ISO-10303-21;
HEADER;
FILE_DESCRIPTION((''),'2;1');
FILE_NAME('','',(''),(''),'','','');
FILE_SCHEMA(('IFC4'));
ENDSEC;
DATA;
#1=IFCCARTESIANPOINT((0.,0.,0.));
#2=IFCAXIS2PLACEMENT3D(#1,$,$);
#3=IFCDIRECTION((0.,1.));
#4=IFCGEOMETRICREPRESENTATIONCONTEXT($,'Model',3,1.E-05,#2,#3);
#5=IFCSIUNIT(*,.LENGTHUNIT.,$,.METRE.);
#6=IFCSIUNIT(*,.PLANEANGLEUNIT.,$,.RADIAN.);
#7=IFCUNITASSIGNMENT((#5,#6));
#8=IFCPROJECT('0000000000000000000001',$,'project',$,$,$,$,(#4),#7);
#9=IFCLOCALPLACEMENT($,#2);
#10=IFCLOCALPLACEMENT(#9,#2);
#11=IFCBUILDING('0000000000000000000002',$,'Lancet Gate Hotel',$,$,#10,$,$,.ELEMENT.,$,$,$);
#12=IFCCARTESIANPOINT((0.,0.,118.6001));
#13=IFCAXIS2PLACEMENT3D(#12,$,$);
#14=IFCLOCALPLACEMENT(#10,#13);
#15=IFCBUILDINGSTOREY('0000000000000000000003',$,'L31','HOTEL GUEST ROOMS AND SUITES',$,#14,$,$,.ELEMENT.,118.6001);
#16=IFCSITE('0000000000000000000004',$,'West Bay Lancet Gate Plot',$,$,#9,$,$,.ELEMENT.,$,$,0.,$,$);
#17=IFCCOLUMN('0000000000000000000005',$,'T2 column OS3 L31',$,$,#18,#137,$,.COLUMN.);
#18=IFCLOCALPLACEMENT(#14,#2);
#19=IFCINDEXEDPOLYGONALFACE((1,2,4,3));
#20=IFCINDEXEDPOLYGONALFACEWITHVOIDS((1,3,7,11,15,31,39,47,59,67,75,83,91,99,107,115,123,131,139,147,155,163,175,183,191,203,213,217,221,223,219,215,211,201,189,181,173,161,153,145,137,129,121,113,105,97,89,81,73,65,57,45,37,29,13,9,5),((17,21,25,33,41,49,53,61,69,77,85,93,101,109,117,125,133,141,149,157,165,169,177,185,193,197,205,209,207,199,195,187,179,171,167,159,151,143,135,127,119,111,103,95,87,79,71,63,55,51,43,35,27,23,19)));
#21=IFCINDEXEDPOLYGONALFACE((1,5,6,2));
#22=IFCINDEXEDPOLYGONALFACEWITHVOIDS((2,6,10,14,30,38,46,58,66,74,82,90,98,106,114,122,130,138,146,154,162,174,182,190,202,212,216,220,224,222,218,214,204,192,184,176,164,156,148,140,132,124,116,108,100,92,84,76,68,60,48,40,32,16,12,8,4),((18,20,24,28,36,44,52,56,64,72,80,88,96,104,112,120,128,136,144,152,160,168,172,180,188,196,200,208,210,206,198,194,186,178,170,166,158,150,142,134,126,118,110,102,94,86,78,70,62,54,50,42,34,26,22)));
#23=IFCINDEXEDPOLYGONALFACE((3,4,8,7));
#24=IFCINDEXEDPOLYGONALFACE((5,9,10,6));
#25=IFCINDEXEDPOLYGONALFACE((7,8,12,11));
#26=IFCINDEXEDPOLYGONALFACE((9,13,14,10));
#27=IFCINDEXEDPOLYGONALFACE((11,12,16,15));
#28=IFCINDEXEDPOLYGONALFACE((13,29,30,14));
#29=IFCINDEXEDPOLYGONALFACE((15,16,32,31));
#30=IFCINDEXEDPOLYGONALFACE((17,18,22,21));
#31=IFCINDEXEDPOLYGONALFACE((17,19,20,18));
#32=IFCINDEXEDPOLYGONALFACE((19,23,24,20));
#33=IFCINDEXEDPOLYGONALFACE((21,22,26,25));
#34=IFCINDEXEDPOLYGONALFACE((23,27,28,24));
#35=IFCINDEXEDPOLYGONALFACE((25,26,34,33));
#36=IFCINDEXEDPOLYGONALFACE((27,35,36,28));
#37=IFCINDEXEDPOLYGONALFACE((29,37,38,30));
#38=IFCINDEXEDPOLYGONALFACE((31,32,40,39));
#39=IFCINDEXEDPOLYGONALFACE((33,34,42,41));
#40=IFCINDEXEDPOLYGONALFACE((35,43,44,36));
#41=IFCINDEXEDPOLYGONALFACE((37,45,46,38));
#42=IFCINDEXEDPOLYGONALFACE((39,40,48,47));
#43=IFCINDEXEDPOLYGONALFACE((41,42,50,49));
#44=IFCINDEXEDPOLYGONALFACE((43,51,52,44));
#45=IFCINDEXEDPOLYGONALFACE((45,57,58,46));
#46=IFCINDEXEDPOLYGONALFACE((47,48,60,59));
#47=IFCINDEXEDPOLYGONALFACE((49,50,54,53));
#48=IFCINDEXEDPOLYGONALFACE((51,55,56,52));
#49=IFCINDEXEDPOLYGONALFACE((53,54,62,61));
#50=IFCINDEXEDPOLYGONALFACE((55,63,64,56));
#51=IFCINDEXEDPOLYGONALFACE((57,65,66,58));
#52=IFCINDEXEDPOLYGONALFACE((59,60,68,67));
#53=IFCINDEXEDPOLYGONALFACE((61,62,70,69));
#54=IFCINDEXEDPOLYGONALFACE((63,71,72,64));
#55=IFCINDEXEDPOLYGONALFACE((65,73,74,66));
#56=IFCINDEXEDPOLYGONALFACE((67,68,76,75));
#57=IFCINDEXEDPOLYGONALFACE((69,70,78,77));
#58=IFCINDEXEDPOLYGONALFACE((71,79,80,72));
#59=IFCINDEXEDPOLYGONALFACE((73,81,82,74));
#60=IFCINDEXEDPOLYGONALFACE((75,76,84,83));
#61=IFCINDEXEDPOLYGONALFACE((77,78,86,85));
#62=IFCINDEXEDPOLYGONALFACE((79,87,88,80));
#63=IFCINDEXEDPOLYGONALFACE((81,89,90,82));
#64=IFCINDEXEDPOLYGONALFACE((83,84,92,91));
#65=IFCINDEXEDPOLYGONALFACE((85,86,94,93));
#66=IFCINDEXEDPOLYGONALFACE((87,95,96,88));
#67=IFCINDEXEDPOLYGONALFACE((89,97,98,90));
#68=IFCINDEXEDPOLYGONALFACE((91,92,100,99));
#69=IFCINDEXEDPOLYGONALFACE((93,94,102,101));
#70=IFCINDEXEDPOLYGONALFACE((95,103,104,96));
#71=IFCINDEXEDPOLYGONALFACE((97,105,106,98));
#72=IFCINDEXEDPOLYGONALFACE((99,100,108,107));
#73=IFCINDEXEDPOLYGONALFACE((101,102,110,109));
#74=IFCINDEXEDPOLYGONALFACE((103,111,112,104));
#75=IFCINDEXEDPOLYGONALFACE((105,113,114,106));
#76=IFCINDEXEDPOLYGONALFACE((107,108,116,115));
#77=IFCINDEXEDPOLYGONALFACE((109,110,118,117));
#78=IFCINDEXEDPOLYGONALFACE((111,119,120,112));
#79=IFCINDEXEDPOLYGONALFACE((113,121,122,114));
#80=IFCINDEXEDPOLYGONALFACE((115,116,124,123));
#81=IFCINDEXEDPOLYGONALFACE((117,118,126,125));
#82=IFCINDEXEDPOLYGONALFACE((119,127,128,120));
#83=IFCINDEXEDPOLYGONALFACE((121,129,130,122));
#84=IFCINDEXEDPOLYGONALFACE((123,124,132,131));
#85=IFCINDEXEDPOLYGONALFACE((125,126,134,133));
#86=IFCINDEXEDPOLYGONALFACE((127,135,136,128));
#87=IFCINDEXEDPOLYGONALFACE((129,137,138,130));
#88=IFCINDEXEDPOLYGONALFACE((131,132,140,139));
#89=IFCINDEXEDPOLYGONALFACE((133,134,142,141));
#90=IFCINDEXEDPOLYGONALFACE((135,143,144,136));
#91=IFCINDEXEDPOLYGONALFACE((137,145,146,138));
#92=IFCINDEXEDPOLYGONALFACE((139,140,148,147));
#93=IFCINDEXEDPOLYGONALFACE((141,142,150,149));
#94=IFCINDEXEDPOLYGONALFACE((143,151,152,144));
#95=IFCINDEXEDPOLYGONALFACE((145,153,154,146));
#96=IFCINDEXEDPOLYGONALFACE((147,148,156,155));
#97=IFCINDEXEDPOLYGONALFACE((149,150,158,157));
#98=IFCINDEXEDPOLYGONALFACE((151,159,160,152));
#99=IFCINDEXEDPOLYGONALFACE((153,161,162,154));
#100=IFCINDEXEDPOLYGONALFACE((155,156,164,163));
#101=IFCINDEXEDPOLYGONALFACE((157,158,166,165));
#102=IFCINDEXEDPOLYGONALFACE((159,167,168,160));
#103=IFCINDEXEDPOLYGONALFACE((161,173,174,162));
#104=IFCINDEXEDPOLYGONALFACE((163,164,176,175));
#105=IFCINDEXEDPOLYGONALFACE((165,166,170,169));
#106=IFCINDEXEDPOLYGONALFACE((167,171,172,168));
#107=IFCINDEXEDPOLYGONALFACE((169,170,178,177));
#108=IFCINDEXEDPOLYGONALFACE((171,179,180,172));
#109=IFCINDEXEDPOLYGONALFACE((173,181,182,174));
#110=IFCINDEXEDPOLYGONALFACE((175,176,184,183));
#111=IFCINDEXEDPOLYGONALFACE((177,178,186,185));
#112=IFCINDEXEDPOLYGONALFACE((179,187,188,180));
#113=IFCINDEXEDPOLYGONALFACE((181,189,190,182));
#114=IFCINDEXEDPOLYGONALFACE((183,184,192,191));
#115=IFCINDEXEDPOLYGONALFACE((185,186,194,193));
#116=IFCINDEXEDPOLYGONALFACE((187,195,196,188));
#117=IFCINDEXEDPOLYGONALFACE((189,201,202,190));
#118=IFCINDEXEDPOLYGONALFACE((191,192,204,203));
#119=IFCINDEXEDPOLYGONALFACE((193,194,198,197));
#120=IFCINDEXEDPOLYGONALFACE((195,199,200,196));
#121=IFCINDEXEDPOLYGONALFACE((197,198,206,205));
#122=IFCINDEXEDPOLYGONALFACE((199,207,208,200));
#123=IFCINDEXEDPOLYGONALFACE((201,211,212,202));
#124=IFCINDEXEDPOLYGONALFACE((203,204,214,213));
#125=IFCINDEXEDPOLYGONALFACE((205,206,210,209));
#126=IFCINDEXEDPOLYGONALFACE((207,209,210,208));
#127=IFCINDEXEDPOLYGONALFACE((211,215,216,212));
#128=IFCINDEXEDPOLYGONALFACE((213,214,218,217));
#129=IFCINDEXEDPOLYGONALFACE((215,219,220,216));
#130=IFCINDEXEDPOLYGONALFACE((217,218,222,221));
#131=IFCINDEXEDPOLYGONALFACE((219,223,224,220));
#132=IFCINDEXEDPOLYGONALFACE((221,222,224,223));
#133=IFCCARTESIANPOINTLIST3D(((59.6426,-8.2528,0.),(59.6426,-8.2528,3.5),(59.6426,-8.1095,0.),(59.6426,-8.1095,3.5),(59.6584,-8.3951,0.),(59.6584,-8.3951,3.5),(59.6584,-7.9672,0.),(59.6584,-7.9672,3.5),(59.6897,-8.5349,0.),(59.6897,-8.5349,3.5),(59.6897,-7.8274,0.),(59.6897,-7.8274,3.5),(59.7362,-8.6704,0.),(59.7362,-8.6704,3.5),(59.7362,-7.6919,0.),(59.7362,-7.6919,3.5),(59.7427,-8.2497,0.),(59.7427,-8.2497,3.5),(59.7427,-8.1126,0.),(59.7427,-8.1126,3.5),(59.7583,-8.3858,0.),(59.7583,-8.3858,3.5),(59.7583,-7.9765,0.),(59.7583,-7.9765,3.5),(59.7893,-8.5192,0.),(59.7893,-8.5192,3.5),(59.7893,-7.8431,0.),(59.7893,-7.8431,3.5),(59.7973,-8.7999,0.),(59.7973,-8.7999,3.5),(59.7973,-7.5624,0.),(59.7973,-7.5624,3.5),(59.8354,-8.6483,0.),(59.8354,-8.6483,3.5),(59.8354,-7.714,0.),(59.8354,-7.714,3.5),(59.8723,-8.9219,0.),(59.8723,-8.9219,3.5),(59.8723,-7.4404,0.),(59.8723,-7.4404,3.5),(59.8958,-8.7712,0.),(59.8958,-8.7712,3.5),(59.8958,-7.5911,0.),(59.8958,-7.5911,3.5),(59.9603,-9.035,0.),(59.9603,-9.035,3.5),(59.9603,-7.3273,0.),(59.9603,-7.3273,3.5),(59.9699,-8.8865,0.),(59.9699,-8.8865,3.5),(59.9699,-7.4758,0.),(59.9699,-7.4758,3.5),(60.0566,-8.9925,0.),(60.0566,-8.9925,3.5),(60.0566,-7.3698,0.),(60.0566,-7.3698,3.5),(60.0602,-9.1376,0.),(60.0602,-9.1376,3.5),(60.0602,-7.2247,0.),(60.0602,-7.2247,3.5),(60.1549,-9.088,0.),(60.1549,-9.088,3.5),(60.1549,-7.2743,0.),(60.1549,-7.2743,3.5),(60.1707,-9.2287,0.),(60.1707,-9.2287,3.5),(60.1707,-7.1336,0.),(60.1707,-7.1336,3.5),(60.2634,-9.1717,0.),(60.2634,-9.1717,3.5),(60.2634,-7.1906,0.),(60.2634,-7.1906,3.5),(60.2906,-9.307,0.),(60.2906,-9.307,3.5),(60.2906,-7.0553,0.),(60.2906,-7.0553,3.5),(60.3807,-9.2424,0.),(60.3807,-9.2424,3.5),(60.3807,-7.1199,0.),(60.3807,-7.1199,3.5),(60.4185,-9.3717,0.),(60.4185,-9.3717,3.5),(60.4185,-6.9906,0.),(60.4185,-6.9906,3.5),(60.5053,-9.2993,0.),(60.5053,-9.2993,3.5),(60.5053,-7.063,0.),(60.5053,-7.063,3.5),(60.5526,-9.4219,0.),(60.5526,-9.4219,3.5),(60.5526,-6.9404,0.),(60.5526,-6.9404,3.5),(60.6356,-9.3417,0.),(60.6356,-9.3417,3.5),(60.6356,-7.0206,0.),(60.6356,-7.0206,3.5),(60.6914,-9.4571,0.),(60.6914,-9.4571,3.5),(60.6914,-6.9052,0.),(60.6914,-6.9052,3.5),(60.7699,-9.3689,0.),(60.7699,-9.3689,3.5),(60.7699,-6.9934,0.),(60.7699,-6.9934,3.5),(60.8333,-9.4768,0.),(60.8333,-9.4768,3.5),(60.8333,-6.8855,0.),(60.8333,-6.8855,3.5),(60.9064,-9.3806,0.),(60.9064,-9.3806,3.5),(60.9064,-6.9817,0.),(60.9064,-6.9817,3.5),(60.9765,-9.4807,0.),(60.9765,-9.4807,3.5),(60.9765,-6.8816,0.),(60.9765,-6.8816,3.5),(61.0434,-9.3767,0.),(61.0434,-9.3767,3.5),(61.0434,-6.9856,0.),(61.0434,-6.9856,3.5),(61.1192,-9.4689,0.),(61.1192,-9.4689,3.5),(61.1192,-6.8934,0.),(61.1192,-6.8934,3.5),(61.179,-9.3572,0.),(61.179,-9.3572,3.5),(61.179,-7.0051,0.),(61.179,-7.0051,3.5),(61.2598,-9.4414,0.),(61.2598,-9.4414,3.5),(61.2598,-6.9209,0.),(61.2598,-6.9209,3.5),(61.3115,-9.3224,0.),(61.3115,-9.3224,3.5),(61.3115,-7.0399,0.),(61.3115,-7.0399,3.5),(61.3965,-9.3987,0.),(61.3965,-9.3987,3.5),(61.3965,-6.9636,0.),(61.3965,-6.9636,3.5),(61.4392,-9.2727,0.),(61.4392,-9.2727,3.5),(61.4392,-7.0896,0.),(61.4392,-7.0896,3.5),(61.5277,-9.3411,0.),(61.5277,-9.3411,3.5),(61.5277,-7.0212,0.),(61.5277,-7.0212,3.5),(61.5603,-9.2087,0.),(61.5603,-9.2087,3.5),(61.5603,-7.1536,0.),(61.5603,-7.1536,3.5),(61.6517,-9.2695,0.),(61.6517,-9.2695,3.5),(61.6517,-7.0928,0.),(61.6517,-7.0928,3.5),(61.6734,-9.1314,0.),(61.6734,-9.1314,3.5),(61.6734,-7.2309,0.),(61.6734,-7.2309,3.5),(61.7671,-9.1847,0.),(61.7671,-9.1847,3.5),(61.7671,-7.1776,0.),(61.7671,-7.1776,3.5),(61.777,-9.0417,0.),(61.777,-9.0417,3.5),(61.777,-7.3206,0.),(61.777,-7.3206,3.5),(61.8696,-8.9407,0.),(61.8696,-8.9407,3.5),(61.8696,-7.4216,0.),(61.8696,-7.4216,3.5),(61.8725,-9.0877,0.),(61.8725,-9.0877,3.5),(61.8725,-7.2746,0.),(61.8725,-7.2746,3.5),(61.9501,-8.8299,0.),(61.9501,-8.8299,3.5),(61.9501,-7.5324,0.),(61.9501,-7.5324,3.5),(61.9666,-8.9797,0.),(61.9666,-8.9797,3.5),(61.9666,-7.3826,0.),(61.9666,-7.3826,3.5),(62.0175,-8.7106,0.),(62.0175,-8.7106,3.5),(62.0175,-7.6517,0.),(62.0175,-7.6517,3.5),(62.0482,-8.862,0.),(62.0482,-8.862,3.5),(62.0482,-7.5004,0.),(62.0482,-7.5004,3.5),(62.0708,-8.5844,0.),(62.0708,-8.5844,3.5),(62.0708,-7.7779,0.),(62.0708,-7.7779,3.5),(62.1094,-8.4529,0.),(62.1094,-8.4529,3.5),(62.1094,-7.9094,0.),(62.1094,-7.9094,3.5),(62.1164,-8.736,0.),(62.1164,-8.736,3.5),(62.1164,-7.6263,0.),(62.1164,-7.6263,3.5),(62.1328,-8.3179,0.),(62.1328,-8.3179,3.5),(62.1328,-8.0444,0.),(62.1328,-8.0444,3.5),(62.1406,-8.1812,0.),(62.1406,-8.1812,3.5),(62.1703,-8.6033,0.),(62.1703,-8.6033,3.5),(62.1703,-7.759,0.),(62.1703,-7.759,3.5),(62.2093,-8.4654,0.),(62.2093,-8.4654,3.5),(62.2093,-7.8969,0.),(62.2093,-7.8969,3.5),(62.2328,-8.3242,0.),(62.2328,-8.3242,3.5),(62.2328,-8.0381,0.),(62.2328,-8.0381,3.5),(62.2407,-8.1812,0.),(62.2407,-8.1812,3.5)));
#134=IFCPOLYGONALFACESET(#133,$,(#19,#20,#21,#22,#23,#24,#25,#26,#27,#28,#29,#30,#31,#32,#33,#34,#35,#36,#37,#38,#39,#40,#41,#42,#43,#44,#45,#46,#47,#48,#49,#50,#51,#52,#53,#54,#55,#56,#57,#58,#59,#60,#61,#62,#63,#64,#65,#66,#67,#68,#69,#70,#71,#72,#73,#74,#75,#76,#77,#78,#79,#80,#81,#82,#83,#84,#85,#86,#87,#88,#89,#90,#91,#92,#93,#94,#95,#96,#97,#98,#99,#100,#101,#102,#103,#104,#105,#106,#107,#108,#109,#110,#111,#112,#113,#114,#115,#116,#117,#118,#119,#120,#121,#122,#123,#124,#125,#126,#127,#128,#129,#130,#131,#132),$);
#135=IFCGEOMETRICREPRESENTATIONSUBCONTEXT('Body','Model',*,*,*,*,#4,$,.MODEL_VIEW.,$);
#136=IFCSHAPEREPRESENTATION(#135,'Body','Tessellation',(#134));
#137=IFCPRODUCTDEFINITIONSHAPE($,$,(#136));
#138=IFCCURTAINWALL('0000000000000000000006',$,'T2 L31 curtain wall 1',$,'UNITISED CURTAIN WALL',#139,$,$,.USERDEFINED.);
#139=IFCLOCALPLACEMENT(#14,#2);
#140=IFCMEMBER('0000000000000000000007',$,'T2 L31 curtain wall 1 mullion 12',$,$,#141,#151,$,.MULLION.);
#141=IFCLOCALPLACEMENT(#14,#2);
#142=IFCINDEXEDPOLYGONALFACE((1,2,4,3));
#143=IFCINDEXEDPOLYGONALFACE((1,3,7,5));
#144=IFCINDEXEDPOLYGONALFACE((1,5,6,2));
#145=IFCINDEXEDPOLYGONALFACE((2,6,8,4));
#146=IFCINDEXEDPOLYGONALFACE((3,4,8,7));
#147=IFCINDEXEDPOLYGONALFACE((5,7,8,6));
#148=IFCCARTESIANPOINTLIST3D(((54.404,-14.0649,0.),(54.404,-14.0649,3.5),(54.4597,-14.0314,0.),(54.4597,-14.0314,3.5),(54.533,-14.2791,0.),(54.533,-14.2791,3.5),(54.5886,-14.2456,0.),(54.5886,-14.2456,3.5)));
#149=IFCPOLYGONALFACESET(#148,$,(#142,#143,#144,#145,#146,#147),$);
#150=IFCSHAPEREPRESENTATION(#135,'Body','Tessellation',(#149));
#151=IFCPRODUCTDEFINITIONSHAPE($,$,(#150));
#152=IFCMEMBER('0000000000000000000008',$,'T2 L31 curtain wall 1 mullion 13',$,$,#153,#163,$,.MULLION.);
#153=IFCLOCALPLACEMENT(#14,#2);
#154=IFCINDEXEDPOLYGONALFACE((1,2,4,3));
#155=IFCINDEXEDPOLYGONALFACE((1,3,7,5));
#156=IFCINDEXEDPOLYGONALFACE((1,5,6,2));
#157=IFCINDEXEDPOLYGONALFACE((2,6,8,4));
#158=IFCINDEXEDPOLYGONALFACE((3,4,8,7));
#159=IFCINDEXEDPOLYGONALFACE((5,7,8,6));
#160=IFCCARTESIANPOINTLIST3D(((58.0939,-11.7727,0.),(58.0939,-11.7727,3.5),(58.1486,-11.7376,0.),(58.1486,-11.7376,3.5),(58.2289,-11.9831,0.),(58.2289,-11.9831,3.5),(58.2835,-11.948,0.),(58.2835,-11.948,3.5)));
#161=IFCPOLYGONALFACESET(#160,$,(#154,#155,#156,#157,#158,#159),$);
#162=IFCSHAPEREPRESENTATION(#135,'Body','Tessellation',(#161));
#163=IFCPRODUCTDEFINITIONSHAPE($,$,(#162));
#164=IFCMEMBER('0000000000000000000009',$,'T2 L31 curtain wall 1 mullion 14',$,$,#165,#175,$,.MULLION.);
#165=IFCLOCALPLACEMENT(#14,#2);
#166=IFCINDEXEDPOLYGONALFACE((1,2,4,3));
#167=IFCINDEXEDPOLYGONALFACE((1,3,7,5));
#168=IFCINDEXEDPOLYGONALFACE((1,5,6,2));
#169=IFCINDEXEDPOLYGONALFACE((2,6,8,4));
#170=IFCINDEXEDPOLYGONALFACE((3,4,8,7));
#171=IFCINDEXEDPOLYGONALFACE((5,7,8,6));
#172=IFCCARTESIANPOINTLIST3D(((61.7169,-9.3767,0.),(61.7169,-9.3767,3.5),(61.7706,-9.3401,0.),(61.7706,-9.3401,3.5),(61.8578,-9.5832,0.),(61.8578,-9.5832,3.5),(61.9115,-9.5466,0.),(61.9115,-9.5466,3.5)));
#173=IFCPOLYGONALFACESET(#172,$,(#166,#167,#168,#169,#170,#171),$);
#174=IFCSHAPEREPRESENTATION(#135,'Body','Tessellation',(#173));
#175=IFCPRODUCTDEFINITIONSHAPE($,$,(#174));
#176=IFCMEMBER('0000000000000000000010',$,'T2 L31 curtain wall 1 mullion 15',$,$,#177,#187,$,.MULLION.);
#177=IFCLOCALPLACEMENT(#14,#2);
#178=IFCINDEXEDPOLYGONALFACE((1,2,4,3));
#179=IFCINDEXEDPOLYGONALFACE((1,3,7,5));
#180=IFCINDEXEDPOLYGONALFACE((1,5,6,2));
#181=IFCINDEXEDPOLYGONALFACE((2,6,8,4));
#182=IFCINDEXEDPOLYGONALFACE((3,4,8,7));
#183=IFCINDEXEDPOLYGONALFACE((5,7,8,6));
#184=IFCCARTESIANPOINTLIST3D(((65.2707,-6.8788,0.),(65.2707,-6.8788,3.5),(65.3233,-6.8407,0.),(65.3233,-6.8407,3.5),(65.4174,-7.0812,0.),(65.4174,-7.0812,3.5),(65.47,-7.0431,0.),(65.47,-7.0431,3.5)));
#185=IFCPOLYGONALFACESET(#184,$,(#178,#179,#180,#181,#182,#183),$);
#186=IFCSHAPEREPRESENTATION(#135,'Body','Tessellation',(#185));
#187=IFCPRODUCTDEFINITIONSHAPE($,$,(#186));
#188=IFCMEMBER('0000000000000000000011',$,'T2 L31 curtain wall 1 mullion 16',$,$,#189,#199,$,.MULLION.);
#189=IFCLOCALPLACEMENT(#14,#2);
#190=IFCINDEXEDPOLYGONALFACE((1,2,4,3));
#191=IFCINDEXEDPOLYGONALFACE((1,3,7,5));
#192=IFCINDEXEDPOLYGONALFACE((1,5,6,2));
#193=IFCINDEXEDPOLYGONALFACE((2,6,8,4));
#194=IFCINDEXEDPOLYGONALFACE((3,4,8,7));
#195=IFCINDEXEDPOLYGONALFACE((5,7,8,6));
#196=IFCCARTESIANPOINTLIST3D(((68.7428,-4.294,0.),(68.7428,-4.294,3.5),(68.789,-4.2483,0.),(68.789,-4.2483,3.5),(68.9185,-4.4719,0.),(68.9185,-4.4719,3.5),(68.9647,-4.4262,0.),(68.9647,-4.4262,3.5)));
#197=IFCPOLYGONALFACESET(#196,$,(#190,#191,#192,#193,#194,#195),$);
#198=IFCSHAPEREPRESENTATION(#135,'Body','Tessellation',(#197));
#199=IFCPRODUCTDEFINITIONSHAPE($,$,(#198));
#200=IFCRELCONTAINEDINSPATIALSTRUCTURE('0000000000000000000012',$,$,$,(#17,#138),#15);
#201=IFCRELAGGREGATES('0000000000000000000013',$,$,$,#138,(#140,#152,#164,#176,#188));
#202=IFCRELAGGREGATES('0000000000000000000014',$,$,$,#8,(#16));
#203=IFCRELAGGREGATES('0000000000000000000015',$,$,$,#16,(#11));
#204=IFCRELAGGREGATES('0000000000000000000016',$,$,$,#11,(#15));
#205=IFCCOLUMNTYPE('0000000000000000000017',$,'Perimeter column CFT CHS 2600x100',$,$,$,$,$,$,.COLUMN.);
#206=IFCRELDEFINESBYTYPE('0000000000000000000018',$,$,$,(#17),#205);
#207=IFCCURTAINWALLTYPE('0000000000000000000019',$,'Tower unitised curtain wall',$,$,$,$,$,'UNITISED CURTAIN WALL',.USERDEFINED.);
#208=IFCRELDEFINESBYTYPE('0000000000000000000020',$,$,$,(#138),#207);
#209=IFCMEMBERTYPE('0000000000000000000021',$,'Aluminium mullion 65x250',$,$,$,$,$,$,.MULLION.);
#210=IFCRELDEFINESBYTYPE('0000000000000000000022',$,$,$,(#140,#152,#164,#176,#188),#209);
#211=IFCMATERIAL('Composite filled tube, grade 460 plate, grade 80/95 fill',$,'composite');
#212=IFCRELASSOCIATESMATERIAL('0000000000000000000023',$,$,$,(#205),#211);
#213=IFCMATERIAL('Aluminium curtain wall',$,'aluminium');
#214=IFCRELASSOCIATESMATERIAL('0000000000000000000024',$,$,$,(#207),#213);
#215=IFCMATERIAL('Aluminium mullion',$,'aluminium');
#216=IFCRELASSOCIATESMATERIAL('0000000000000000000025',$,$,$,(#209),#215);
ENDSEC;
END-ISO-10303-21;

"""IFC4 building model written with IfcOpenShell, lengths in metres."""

from ifc_helpers import new_model, si_unit, direction, frame, origin, origin_2d, place, context, subcontext, project, spatial, rectangle, hollow_circle, extrude, material, material_profile, profile_set, type_object, element, aggregate, save


model = new_model("IFC4")

# Units and contexts
model_context = context("Model", 3, precision=1e-05, world=origin(), true_north=direction((0.0, 1.0)))
body_context = subcontext(model_context, "Body", "Model", "MODEL_VIEW")
ifc_project = project(units=[si_unit("LENGTHUNIT", "METRE"), si_unit("PLANEANGLEUNIT", "RADIAN")], contexts=[model_context])

# Site, building, storey
site_placement = place(None, origin())
site = spatial("IfcSite", under=ifc_project, at=site_placement, Name="West Bay Lancet Gate Plot", CompositionType="ELEMENT", RefElevation=0.0)
building_placement = place(site_placement, origin())
building = spatial("IfcBuilding", under=site, at=building_placement, Name="Lancet Gate Hotel", CompositionType="ELEMENT")
storey_placement = place(building_placement, frame((0.0, 0.0, 118.6001)))
storey = spatial("IfcBuildingStorey", under=building, at=storey_placement, Name="L31", Description="HOTEL GUEST ROOMS AND SUITES", CompositionType="ELEMENT", Elevation=118.6001)

# Column
ifc_material_1 = material(Name="Composite filled tube, grade 460 plate, grade 80/95 fill", Category="composite")
ifc_material_profile_1 = material_profile(ifc_material_1, hollow_circle(Radius=1.3, WallThickness=0.1001, at=origin_2d()), Name="CHS 2600x100")
ifc_profile_set_1 = profile_set([ifc_material_profile_1], Name="Composite filled tube, grade 460 plate, grade 80/95 fill")
column_type_1 = type_object("IfcColumnType", Name="Perimeter column CFT CHS 2600x100", PredefinedType="COLUMN", material=ifc_profile_set_1)
column_1_placement = place(storey_placement, frame((60.9407, -8.1812, 0.0), z_axis=(0.0, 0.0, 1.0), x_axis=(1.0, 0.0, 0.0)))
element("IfcColumn", 1, at=column_1_placement, inside=storey, type_object=column_type_1, Name="T2 column OS3 L31", PredefinedType="COLUMN", context=body_context, shape_type="SweptSolid", body=[
    extrude(hollow_circle(Radius=1.3, WallThickness=0.1001, at=origin_2d()), origin(), (0.0, 0.0, 1.0), 3.5),
])

# Curtain wall, members
ifc_material_2 = material(Name="Aluminium curtain wall", Category="aluminium")
curtain_wall_type = type_object("IfcCurtainWallType", Name="Tower unitised curtain wall", ElementType="UNITISED CURTAIN WALL", PredefinedType="USERDEFINED", material=ifc_material_2)
curtain_wall_placement = place(storey_placement, origin())
curtain_wall = element("IfcCurtainWall", 2, at=curtain_wall_placement, inside=storey, type_object=curtain_wall_type, Name="T2 L31 curtain wall 1", ObjectType="UNITISED CURTAIN WALL", PredefinedType="USERDEFINED")
ifc_material_3 = material(Name="Aluminium mullion", Category="aluminium")
ifc_material_profile_2 = material_profile(ifc_material_3, rectangle(XDim=0.0649, YDim=0.25, at=origin_2d()), Name="MULLION 65x250")
ifc_profile_set_2 = profile_set([ifc_material_profile_2], Name="Aluminium mullion")
member_type_1 = type_object("IfcMemberType", Name="Aluminium mullion 65x250", PredefinedType="MULLION", material=ifc_profile_set_2)
member_1_placement = place(storey_placement, frame((54.4963, -14.1553, 0.0), z_axis=(0.0, 0.0, 1.0), x_axis=(0.856728, 0.515768, 0.0)))
member_1 = element("IfcMember", 3, at=member_1_placement, type_object=member_type_1, Name="T2 L31 curtain wall 1 mullion 12", PredefinedType="MULLION", context=body_context, shape_type="SweptSolid", body=[
    extrude(rectangle(XDim=0.0649, YDim=0.25, at=origin_2d()), origin(), (0.0, 0.0, 1.0), 3.5),
])
member_2_placement = place(storey_placement, frame((58.1887, -11.8604, 0.0), z_axis=(0.0, 0.0, 1.0), x_axis=(0.841736, 0.539889, 0.0)))
member_2 = element("IfcMember", 4, at=member_2_placement, type_object=member_type_1, Name="T2 L31 curtain wall 1 mullion 13", PredefinedType="MULLION", context=body_context, shape_type="SweptSolid", body=[
    extrude(rectangle(XDim=0.0649, YDim=0.25, at=origin_2d()), origin(), (0.0, 0.0, 1.0), 3.5),
])
member_3_placement = place(storey_placement, frame((61.8142, -9.4617, 0.0), z_axis=(0.0, 0.0, 1.0), x_axis=(0.826066, 0.563574, 0.0)))
member_3 = element("IfcMember", 5, at=member_3_placement, type_object=member_type_1, Name="T2 L31 curtain wall 1 mullion 14", PredefinedType="MULLION", context=body_context, shape_type="SweptSolid", body=[
    extrude(rectangle(XDim=0.0649, YDim=0.25, at=origin_2d()), origin(), (0.0, 0.0, 1.0), 3.5),
])
member_4_placement = place(storey_placement, frame((65.3704, -6.9609, 0.0), z_axis=(0.0, 0.0, 1.0), x_axis=(0.809729, 0.586805, 0.0)))
member_4 = element("IfcMember", 6, at=member_4_placement, type_object=member_type_1, Name="T2 L31 curtain wall 1 mullion 15", PredefinedType="MULLION", context=body_context, shape_type="SweptSolid", body=[
    extrude(rectangle(XDim=0.0649, YDim=0.25, at=origin_2d()), origin(), (0.0, 0.0, 1.0), 3.5),
])
member_5_placement = place(storey_placement, frame((68.8538, -4.3601, 0.0), z_axis=(0.0, 0.0, 1.0), x_axis=(0.71161, 0.702574, 0.0)))
member_5 = element("IfcMember", 7, at=member_5_placement, type_object=member_type_1, Name="T2 L31 curtain wall 1 mullion 16", PredefinedType="MULLION", context=body_context, shape_type="SweptSolid", body=[
    extrude(rectangle(XDim=0.0649, YDim=0.25, at=origin_2d()), origin(), (0.0, 0.0, 1.0), 3.5),
])

aggregate(curtain_wall, [member_1, member_2, member_3, member_4, member_5])

save(model, "model.ifc")
